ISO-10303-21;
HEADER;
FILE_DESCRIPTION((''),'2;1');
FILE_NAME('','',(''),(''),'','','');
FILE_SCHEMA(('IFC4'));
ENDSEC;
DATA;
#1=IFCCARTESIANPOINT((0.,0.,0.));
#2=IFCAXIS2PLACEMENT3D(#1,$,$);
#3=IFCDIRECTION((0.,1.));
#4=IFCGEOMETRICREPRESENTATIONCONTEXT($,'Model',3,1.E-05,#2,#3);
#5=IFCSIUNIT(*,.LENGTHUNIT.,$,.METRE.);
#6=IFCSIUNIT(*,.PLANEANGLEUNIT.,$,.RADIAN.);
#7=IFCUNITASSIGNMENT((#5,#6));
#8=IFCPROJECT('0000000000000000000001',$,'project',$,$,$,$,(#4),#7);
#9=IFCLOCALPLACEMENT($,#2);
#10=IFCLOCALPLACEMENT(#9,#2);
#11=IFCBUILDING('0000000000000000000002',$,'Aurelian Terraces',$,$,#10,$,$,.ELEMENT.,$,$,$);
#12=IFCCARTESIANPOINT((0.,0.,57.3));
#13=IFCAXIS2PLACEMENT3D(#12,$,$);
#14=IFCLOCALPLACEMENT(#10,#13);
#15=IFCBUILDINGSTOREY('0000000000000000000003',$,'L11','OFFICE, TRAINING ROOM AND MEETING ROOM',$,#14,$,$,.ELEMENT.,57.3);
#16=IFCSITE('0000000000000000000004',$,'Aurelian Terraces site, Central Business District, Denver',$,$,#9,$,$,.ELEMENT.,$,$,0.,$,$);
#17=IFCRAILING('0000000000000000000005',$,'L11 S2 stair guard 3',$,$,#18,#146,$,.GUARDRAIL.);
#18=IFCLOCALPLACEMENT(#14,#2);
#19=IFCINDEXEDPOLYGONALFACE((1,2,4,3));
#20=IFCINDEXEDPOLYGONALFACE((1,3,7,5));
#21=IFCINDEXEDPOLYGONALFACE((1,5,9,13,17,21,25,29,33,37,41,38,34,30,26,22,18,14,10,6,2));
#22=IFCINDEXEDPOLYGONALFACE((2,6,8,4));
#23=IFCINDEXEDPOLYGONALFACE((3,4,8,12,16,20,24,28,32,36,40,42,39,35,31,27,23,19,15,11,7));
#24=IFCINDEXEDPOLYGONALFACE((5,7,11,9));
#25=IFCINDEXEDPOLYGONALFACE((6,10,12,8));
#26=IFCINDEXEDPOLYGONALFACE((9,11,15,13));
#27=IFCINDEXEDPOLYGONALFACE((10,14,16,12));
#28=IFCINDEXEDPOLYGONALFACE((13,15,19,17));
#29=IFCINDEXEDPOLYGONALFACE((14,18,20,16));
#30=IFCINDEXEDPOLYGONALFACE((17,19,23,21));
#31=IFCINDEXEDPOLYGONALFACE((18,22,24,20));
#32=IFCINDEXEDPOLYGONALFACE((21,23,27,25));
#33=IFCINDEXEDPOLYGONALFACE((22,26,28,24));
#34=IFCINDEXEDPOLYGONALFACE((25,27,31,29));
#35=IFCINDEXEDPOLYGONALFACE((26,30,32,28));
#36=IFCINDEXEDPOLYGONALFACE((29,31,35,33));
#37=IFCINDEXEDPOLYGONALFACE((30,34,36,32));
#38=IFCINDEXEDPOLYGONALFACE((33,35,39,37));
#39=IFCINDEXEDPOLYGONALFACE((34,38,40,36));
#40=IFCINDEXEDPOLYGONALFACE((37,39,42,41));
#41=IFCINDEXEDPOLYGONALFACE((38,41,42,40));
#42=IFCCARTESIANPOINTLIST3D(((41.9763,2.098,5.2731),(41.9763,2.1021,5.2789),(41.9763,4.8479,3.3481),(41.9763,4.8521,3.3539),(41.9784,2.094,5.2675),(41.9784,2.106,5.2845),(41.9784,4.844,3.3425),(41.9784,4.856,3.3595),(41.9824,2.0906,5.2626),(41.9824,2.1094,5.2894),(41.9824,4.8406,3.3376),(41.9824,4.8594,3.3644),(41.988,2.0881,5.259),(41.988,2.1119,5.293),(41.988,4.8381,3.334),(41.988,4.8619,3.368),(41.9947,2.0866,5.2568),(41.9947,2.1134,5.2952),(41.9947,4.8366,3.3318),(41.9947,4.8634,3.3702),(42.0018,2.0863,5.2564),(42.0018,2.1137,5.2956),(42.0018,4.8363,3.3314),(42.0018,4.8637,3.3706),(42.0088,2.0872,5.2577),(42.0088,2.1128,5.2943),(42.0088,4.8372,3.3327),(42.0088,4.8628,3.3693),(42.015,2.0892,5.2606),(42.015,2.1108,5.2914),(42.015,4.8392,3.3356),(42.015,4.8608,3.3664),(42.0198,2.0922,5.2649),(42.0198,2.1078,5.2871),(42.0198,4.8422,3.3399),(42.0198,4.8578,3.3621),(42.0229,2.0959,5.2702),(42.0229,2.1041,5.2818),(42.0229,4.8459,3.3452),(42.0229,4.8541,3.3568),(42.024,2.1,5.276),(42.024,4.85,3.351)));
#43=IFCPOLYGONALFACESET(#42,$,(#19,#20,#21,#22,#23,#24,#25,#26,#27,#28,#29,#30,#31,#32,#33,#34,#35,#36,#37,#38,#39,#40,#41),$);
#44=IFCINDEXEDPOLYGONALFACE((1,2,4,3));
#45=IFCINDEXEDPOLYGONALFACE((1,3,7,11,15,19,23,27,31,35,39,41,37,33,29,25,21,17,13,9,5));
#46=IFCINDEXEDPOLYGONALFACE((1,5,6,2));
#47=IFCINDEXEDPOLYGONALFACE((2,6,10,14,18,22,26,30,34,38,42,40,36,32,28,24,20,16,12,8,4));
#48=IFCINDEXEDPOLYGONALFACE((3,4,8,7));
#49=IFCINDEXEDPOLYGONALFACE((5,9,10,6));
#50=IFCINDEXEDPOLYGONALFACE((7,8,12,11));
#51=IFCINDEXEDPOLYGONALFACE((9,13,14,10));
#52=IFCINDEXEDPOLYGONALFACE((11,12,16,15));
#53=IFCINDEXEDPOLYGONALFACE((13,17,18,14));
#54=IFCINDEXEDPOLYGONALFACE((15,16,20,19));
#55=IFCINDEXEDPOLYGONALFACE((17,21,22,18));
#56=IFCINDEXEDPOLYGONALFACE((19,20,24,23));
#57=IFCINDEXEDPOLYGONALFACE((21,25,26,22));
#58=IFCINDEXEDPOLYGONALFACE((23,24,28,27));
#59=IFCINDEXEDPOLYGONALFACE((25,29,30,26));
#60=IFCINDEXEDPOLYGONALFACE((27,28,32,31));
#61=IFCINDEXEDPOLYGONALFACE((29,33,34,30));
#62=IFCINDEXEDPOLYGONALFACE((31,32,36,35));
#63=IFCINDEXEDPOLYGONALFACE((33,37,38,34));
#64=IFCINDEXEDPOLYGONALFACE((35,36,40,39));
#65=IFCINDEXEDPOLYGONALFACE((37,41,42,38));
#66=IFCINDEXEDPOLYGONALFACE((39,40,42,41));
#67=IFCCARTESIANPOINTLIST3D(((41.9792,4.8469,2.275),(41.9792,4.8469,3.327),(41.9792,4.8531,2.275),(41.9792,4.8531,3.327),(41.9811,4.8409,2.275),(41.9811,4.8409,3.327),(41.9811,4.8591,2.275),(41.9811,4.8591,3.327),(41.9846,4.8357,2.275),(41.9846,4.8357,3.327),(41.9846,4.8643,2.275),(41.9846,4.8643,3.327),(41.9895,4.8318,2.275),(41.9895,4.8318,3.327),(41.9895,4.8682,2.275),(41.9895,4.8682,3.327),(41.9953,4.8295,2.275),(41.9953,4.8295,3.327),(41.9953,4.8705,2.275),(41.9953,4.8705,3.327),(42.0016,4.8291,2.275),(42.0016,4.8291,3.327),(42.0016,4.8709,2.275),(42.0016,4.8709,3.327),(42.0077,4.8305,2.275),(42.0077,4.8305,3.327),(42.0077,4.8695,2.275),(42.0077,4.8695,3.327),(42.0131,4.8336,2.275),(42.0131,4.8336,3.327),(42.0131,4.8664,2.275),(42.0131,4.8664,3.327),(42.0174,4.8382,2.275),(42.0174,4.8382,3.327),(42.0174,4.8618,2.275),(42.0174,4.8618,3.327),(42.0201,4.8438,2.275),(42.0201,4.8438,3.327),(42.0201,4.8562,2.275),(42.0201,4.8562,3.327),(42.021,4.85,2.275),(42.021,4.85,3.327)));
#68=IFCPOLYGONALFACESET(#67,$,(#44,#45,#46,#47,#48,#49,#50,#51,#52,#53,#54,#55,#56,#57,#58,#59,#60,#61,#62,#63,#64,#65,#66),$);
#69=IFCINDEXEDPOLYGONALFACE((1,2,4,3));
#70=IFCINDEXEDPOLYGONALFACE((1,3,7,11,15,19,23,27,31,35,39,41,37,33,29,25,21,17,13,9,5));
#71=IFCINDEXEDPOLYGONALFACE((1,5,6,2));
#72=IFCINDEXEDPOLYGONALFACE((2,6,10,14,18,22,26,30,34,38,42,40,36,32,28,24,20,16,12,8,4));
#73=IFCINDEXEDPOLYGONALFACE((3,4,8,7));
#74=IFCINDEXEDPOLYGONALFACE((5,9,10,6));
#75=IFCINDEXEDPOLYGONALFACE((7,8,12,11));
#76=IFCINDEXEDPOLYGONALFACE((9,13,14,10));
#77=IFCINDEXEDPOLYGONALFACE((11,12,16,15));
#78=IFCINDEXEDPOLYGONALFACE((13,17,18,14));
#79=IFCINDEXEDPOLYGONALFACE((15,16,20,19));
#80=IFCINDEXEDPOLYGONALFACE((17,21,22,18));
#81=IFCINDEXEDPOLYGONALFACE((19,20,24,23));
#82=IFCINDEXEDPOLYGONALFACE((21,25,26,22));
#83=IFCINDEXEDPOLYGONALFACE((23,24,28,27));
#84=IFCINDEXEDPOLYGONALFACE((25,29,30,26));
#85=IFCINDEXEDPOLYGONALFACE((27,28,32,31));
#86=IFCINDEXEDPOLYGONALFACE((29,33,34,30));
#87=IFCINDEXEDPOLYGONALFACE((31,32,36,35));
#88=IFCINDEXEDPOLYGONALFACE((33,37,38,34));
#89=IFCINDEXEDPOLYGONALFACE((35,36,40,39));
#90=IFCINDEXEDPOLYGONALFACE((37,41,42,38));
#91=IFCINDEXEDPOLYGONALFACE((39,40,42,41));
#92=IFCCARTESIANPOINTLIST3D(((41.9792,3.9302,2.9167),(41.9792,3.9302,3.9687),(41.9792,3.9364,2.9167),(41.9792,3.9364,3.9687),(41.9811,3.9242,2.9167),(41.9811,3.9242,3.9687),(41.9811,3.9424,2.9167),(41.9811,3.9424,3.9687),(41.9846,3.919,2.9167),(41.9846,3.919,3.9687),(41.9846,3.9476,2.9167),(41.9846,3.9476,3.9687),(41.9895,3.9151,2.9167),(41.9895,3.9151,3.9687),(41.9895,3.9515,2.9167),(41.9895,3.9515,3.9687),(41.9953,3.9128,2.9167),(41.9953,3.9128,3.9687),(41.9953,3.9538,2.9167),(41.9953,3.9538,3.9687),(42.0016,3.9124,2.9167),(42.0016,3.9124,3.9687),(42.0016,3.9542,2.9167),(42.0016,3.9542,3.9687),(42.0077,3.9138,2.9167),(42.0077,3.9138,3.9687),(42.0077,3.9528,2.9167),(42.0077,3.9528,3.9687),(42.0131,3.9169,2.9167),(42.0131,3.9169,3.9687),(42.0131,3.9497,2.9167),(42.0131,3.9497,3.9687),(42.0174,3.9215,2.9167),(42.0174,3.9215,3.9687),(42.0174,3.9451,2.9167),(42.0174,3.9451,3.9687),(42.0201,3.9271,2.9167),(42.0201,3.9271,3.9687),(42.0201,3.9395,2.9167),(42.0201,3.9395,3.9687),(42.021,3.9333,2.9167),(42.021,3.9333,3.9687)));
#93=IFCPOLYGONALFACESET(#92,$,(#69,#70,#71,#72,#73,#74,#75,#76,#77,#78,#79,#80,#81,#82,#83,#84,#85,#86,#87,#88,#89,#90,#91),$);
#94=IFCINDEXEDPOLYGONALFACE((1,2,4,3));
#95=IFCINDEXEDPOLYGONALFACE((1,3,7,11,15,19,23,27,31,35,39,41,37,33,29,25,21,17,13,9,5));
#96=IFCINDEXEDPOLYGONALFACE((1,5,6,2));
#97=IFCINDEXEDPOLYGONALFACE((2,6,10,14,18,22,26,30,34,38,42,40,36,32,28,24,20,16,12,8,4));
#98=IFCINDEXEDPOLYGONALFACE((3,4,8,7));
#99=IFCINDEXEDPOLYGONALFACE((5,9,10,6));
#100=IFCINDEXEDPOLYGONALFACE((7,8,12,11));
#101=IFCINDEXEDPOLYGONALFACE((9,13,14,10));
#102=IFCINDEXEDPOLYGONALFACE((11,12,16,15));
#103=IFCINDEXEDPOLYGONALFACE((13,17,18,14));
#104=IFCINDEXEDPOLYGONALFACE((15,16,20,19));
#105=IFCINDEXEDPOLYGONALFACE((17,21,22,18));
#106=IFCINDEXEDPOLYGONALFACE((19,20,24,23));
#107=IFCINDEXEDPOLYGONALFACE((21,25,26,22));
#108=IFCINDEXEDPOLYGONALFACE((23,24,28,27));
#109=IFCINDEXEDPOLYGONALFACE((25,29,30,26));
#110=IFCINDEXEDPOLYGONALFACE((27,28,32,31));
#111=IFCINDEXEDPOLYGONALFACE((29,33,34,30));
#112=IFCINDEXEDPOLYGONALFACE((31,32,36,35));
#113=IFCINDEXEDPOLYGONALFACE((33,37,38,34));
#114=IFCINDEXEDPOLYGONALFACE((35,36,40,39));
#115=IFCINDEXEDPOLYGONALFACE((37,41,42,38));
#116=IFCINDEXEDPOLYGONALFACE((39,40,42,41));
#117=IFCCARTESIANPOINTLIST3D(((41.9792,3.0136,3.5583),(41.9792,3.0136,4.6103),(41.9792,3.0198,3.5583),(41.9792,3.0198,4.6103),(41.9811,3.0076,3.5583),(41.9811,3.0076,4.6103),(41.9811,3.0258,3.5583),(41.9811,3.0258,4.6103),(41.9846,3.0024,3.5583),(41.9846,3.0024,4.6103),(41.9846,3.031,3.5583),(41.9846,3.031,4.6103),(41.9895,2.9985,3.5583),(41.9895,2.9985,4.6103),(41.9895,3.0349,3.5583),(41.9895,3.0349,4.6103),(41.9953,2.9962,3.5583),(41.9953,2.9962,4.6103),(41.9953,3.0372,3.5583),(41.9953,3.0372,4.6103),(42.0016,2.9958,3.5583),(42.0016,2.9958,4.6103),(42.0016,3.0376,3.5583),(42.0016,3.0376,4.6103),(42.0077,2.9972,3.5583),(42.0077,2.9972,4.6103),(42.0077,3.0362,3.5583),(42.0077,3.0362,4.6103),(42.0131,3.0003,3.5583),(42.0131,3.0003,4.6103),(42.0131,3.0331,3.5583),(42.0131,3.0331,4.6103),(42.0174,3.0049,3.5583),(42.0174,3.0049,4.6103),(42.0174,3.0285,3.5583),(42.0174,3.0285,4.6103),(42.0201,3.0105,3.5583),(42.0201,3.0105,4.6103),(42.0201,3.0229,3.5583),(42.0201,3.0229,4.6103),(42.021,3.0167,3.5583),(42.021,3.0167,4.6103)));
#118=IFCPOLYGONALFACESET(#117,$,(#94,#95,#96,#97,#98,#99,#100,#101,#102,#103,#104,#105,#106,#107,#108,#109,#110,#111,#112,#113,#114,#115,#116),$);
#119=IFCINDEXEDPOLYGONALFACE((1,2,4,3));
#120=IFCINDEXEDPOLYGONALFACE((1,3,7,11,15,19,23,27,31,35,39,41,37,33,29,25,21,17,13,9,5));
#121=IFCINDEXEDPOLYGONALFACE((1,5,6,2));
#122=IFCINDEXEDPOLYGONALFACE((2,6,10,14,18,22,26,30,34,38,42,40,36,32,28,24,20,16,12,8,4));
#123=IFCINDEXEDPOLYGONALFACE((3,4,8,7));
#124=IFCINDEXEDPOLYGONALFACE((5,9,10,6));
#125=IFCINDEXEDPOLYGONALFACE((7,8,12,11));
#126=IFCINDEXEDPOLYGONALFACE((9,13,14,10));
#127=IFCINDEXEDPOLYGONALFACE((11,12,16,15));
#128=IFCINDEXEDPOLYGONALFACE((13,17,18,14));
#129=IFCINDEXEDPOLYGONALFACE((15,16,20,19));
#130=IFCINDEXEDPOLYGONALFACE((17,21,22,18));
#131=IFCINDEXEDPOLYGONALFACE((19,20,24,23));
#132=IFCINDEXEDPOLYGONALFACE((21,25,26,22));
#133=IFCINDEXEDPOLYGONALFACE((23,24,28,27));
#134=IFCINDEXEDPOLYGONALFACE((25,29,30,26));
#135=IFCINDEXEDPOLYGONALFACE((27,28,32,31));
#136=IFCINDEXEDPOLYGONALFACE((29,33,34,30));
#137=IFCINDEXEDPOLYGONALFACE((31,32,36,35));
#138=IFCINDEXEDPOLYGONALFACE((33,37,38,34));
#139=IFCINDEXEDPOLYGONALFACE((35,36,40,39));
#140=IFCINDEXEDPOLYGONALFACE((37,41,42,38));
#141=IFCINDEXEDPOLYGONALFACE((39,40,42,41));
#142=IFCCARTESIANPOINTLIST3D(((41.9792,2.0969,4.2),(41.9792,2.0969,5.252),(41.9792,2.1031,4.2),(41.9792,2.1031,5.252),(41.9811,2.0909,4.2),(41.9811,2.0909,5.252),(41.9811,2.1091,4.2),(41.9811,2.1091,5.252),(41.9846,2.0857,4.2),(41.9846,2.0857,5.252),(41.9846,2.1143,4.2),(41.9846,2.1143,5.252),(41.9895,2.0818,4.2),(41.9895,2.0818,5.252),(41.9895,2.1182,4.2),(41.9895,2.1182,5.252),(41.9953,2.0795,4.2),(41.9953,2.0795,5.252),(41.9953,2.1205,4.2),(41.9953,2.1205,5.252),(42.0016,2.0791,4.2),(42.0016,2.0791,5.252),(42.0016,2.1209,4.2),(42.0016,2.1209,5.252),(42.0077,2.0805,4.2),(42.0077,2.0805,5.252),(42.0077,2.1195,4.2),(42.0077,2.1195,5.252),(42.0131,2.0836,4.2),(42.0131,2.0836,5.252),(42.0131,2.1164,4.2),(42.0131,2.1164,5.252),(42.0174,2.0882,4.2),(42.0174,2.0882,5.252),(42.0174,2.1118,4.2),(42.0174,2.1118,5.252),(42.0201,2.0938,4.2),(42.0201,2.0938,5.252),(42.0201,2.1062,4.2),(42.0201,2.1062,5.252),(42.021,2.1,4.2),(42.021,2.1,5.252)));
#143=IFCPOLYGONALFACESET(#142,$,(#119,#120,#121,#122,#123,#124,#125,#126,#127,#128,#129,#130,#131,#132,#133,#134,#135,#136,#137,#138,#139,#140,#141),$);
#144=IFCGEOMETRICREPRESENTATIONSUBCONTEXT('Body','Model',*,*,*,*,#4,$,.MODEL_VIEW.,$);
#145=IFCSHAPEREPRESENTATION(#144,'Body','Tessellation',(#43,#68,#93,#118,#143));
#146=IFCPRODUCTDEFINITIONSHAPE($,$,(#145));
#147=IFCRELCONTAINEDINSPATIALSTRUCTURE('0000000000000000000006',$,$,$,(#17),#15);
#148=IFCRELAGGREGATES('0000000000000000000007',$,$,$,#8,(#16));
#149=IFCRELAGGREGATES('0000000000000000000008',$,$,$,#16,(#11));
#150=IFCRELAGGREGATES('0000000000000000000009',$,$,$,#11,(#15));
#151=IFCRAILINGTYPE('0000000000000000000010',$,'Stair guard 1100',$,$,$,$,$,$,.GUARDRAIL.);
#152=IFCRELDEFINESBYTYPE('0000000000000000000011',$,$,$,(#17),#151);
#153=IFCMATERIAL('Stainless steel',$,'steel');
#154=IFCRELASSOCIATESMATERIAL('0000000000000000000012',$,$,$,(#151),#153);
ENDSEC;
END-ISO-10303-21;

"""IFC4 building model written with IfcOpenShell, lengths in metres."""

from ifc_helpers import new_model, si_unit, direction, frame, origin, origin_2d, place, context, subcontext, project, spatial, circle, extrude, source, transform, mapped, material, type_object, element, save


model = new_model("IFC4")

# Units and contexts
model_context = context("Model", 3, precision=1e-05, world=origin(), true_north=direction((0.0, 1.0)))
body_context = subcontext(model_context, "Body", "Model", "MODEL_VIEW")
ifc_project = project(units=[si_unit("LENGTHUNIT", "METRE"), si_unit("PLANEANGLEUNIT", "RADIAN")], contexts=[model_context])

# Site, building, storey
site_placement = place(None, origin())
site = spatial("IfcSite", under=ifc_project, at=site_placement, Name="Aurelian Terraces site, Central Business District, Denver", CompositionType="ELEMENT", RefElevation=0.0)
building_placement = place(site_placement, origin())
building = spatial("IfcBuilding", under=site, at=building_placement, Name="Aurelian Terraces", CompositionType="ELEMENT")
storey_placement = place(building_placement, frame((0.0, 0.0, 57.3)))
storey = spatial("IfcBuildingStorey", under=building, at=storey_placement, Name="L11", Description="OFFICE, TRAINING ROOM AND MEETING ROOM", CompositionType="ELEMENT", Elevation=57.3)

# Railing
ifc_material_1 = material(Name="Stainless steel", Category="steel")
railing_type_1 = type_object("IfcRailingType", Name="Stair guard 1100", PredefinedType="GUARDRAIL", material=ifc_material_1)
shared_shape_1 = source(origin(), body_context, "Body", "SweptSolid", [
    extrude(circle(Radius=0.024, at=origin_2d()), frame((0.0, 0.0, 1.076), z_axis=(0.0, -0.819232, 0.573462), x_axis=(1.0, 0.0, 0.0)), (0.0, 0.0, 1.0), 3.3568),
    extrude(circle(Radius=0.021, at=origin_2d()), origin(), (0.0, 0.0, 1.0), 1.052),
    extrude(circle(Radius=0.021, at=origin_2d()), frame((0.0, -0.9167, 0.6417)), (0.0, 0.0, 1.0), 1.052),
    extrude(circle(Radius=0.021, at=origin_2d()), frame((0.0, -1.8333, 1.2833)), (0.0, 0.0, 1.0), 1.052),
    extrude(circle(Radius=0.021, at=origin_2d()), frame((0.0, -2.75, 1.925)), (0.0, 0.0, 1.0), 1.052),
])
railing_1_placement = place(storey_placement, frame((42.0, 4.85, 2.275)))
element("IfcRailing", 1, at=railing_1_placement, inside=storey, type_object=railing_type_1, Name="L11 S2 stair guard 3", PredefinedType="GUARDRAIL", context=body_context, shape_type="MappedRepresentation", body=[
    mapped(shared_shape_1, transform((0.0, 0.0, 0.0), scale=1.0)),
])

save(model, "model.ifc")
